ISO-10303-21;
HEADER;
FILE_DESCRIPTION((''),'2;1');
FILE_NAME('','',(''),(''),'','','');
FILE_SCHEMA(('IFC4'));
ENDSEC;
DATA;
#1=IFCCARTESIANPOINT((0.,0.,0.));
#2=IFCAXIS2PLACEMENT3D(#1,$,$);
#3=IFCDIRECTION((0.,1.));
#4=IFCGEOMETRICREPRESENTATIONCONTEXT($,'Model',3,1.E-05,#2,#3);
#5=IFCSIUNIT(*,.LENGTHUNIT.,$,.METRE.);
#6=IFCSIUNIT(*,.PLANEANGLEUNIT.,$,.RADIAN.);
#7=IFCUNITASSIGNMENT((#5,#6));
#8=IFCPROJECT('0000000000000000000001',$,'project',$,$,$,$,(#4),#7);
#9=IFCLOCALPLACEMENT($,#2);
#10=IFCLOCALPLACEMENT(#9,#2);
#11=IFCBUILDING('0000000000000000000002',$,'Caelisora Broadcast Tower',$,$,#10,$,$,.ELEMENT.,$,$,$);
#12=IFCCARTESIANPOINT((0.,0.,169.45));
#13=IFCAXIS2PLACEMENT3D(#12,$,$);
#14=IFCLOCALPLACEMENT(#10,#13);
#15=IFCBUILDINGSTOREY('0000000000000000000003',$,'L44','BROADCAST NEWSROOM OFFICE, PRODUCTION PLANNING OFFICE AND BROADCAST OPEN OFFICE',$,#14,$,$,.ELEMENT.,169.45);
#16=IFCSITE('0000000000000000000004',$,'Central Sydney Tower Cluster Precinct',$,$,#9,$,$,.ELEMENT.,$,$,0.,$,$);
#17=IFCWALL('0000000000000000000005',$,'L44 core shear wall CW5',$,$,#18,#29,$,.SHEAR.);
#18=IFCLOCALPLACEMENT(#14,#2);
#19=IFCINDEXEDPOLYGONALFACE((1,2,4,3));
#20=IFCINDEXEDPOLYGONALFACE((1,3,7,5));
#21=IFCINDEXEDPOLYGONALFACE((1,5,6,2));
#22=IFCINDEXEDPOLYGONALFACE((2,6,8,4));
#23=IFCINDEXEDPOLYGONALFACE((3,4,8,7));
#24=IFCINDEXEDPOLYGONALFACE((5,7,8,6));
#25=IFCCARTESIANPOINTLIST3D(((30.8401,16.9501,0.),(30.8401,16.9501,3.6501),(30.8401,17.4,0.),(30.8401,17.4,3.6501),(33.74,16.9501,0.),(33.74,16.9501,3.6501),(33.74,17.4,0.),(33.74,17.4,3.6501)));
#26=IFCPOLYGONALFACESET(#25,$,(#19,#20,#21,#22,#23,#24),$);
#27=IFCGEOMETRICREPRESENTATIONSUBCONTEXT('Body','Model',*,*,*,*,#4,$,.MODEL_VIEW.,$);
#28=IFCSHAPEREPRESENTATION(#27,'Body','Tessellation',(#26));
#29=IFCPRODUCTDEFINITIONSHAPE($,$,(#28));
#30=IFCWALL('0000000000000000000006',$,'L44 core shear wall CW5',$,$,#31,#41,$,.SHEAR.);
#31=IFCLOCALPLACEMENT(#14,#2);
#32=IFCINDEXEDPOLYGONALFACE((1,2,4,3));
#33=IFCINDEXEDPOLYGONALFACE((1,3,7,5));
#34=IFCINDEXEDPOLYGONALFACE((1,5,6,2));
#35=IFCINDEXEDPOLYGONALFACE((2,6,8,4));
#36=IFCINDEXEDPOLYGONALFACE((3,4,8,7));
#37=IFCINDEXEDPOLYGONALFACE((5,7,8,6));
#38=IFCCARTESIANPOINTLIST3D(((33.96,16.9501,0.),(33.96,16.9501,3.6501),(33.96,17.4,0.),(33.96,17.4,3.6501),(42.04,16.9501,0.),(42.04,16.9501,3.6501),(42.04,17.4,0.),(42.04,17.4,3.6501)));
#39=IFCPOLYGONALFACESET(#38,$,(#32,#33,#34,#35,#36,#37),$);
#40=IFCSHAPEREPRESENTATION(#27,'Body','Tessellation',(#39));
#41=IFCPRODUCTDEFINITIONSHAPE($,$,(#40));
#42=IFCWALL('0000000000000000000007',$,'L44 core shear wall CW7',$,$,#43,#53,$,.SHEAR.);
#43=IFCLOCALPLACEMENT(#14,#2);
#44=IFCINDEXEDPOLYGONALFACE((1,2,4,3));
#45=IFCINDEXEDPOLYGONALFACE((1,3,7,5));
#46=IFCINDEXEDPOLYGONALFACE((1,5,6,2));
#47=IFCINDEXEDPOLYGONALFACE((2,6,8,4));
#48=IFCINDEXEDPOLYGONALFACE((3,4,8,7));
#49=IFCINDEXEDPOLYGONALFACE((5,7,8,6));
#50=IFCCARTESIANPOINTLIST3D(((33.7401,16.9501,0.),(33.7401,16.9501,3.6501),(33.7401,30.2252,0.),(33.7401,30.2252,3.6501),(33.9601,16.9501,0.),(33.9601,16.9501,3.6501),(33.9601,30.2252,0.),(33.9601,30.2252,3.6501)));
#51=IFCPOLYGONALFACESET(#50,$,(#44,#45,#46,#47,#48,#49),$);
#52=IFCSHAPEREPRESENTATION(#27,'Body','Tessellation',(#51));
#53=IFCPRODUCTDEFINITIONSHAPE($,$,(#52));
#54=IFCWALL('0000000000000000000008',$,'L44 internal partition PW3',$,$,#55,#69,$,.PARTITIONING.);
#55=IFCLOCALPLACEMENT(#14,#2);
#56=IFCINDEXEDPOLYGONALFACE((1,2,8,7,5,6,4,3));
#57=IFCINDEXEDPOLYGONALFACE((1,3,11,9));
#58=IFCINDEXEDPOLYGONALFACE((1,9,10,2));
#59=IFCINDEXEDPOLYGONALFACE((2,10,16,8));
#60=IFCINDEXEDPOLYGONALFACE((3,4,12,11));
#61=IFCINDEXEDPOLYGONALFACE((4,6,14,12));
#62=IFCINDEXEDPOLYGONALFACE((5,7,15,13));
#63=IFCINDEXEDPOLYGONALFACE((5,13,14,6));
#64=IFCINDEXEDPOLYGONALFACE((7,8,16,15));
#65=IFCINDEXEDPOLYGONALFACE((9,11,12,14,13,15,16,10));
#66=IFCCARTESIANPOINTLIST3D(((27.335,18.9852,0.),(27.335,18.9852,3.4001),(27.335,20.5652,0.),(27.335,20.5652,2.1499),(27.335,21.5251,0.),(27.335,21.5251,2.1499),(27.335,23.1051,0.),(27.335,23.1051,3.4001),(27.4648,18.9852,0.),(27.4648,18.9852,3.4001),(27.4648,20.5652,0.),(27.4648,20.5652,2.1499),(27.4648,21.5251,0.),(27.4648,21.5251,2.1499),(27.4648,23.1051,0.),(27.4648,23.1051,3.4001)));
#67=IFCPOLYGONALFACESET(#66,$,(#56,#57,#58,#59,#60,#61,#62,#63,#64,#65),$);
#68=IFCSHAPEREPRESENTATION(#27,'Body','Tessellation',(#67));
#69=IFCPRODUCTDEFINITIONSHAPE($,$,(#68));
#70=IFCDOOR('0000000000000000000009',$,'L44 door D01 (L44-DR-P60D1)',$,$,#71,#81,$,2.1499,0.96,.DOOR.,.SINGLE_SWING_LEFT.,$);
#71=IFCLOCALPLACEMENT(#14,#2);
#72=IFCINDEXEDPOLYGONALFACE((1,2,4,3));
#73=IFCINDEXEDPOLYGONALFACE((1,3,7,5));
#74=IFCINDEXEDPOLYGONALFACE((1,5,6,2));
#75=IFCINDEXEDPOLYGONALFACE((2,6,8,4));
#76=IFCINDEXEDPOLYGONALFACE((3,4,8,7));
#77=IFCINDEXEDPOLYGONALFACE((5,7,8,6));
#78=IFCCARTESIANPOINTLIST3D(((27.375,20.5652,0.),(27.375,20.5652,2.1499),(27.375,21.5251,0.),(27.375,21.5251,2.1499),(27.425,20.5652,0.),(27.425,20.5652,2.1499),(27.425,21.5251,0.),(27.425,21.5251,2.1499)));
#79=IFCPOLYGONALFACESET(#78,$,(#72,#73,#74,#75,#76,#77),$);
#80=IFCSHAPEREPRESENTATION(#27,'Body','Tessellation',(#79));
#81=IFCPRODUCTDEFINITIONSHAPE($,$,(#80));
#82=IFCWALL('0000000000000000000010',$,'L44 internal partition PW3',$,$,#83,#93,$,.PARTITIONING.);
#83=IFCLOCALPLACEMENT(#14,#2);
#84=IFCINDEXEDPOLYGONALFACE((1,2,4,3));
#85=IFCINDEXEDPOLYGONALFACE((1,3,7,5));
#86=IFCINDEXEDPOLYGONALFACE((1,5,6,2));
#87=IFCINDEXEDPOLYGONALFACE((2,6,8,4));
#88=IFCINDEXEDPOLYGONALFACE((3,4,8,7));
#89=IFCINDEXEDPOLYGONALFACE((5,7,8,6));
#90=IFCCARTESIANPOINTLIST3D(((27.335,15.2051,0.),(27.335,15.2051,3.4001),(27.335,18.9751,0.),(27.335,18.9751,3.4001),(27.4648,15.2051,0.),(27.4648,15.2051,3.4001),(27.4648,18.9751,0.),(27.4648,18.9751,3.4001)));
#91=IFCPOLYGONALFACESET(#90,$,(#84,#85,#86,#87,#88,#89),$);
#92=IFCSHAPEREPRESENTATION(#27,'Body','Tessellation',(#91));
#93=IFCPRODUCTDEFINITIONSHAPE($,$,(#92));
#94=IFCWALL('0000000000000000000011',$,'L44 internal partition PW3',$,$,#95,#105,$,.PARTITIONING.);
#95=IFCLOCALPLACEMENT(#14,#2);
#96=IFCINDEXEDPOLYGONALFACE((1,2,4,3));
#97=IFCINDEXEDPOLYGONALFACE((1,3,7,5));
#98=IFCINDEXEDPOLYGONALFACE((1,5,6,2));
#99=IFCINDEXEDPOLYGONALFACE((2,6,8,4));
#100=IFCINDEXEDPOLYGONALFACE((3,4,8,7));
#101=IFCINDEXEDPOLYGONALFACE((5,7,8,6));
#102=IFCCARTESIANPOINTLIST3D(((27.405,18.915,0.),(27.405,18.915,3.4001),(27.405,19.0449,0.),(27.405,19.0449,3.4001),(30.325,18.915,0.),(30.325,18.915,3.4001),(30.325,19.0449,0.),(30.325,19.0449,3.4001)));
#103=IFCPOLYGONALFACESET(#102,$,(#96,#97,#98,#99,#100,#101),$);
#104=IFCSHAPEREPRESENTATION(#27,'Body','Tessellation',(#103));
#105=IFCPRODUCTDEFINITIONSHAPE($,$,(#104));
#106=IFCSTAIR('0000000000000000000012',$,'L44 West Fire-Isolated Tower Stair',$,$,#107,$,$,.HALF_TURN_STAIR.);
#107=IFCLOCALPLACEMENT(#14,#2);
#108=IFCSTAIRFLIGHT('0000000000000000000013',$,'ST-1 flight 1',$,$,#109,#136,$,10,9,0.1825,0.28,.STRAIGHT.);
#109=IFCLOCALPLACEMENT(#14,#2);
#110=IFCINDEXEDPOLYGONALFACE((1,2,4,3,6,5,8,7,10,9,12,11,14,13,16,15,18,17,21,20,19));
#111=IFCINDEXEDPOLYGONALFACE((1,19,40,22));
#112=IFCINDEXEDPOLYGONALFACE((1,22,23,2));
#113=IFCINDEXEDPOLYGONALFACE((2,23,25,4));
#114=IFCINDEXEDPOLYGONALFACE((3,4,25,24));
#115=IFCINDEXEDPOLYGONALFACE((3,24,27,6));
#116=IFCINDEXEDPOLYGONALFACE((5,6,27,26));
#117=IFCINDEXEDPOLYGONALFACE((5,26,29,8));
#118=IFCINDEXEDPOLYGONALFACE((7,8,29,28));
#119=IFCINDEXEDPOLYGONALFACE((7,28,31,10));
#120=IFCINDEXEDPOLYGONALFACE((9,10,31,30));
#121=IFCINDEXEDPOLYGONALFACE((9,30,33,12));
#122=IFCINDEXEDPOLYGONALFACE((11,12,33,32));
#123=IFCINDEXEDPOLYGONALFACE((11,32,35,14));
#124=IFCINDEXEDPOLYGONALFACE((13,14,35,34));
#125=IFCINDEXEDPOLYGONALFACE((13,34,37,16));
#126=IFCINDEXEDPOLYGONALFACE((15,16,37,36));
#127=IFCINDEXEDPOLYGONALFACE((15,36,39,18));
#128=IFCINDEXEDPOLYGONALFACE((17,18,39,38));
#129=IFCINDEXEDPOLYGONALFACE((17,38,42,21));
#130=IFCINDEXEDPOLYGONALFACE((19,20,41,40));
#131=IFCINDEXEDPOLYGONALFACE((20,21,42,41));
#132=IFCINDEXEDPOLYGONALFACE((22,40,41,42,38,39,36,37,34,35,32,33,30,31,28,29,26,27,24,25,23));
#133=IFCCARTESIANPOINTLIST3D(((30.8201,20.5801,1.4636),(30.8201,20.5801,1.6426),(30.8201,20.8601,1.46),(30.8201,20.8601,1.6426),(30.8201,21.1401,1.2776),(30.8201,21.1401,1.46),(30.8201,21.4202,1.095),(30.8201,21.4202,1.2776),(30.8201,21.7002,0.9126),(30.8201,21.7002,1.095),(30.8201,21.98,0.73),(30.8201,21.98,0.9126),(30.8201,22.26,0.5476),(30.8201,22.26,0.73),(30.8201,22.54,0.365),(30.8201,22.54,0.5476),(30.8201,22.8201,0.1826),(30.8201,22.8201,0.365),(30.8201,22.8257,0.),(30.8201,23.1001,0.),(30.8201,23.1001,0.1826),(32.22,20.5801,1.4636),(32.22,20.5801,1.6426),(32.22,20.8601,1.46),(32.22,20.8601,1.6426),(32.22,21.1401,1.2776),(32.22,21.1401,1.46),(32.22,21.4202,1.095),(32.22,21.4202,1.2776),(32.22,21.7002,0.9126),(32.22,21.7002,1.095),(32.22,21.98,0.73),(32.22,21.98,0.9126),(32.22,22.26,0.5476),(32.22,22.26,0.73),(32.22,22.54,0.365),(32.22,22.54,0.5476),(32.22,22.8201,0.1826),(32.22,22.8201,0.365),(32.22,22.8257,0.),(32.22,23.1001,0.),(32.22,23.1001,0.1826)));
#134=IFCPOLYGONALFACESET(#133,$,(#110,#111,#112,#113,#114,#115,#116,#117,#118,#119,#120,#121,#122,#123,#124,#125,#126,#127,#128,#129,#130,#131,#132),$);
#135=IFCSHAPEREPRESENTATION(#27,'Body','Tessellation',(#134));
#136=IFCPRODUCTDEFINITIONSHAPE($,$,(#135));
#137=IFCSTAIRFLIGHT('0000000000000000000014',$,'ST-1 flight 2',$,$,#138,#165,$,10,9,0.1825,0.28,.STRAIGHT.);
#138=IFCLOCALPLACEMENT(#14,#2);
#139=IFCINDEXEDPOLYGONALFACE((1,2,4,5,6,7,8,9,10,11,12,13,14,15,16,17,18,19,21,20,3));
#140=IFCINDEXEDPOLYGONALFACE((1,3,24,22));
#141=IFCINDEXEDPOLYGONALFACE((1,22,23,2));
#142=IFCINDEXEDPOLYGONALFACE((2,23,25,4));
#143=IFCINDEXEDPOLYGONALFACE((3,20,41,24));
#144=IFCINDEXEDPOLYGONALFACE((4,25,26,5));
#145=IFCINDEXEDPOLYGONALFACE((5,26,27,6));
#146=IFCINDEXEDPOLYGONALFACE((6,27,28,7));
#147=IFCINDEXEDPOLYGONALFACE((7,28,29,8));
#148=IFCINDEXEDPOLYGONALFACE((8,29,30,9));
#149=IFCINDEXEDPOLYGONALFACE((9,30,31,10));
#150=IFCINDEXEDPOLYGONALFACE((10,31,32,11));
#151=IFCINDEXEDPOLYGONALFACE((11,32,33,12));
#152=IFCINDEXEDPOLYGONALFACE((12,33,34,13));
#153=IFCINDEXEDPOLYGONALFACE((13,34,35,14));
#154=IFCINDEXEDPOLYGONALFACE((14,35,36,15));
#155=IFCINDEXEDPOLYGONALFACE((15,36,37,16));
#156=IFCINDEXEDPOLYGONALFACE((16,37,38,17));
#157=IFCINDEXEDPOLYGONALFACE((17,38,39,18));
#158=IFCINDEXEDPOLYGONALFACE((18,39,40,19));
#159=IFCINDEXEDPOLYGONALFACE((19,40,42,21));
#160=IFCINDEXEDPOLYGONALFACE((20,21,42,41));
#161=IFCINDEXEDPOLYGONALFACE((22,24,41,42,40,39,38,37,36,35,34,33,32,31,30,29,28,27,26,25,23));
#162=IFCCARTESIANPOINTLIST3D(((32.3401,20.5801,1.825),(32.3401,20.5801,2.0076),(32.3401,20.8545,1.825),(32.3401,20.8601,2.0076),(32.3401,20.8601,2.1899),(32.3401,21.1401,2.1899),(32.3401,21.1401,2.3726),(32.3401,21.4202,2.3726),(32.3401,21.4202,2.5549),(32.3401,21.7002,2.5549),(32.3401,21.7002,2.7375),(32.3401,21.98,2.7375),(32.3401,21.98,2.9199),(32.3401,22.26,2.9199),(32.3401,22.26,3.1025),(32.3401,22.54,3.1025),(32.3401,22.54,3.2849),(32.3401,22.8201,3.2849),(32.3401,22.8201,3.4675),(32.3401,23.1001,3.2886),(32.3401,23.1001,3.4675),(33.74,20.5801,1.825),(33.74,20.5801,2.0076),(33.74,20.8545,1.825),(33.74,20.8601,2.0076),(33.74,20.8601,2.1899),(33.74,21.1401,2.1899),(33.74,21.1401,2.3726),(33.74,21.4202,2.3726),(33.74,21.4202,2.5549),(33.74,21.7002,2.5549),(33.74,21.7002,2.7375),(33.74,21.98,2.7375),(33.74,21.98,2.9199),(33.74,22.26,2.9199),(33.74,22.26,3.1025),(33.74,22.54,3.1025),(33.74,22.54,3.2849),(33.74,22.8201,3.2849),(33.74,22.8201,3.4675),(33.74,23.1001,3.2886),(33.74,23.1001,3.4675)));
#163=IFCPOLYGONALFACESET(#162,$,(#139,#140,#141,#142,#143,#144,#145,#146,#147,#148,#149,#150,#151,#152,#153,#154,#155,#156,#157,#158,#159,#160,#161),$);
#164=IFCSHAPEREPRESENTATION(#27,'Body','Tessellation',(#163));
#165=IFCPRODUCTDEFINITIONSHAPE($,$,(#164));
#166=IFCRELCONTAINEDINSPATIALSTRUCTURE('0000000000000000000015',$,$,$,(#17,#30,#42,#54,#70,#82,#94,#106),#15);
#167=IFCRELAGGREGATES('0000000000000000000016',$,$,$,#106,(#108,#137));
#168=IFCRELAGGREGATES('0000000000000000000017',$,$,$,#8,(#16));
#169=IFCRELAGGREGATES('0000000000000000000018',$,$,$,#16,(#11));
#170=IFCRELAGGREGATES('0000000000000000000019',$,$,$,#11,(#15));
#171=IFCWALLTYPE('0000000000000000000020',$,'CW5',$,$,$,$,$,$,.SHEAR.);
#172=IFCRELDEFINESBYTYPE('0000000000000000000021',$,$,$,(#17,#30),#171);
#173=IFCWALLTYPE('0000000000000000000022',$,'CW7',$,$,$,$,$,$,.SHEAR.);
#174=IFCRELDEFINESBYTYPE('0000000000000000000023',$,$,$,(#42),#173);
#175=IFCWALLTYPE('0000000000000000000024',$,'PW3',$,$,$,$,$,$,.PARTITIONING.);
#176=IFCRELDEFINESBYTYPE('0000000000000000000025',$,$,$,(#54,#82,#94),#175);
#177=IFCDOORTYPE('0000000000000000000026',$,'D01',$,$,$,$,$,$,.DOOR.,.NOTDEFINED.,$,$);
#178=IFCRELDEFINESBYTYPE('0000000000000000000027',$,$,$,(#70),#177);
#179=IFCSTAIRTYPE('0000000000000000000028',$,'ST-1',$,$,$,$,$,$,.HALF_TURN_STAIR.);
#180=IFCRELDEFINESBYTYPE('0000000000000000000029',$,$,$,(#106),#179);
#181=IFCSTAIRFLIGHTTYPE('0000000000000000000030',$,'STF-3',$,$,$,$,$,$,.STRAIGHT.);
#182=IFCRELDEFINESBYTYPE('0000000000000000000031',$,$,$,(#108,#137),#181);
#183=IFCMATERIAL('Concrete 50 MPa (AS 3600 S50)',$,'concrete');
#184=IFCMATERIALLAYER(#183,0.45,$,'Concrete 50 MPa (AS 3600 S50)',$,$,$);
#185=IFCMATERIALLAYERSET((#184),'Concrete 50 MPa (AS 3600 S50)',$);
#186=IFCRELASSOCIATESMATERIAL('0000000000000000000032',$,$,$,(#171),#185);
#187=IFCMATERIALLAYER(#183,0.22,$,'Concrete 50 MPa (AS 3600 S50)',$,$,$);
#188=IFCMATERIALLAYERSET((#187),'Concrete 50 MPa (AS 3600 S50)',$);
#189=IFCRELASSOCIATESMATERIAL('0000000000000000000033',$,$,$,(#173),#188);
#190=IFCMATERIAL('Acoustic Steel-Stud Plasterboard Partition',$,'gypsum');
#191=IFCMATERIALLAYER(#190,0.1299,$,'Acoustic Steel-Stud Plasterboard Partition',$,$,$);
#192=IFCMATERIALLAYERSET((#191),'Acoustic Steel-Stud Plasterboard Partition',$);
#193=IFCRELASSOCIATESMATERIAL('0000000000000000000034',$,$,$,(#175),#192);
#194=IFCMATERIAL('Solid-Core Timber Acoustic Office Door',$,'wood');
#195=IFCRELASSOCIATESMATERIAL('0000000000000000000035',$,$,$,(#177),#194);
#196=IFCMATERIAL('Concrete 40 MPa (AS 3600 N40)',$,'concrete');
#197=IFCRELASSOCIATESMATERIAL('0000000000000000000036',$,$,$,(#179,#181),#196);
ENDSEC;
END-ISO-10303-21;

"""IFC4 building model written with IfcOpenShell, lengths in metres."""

from ifc_helpers import new_model, si_unit, direction, frame, frame_2d, origin, place, context, subcontext, project, spatial, polyline, rectangle, outline, extrude, material, layer, layer_set, type_object, element, fill, aggregate, save


model = new_model("IFC4")

# Units and contexts
model_context = context("Model", 3, precision=1e-05, world=origin(), true_north=direction((0.0, 1.0)))
body_context = subcontext(model_context, "Body", "Model", "MODEL_VIEW")
ifc_project = project(units=[si_unit("LENGTHUNIT", "METRE"), si_unit("PLANEANGLEUNIT", "RADIAN")], contexts=[model_context])

# Site, building, storey
site_placement = place(None, origin())
site = spatial("IfcSite", under=ifc_project, at=site_placement, Name="Central Sydney Tower Cluster Precinct", CompositionType="ELEMENT", RefElevation=0.0)
building_placement = place(site_placement, origin())
building = spatial("IfcBuilding", under=site, at=building_placement, Name="Caelisora Broadcast Tower", CompositionType="ELEMENT")
storey_placement = place(building_placement, frame((0.0, 0.0, 169.45)))
storey = spatial("IfcBuildingStorey", under=building, at=storey_placement, Name="L44", Description="BROADCAST NEWSROOM OFFICE, PRODUCTION PLANNING OFFICE AND BROADCAST OPEN OFFICE", CompositionType="ELEMENT", Elevation=169.45)

# Shared definitions
ifc_material_1 = material(Name="Concrete 50 MPa (AS 3600 S50)", Category="concrete")

# Walls
ifc_layer_1 = layer(ifc_material_1, 0.45, Name="Concrete 50 MPa (AS 3600 S50)")
ifc_layer_set_1 = layer_set([ifc_layer_1], Name="Concrete 50 MPa (AS 3600 S50)")
wall_type_1 = type_object("IfcWallType", Name="CW5", PredefinedType="SHEAR", material=ifc_layer_set_1)
wall_1_placement = place(storey_placement, frame((30.8401, 17.175, 0.0), z_axis=(0.0, 0.0, 1.0), x_axis=(1.0, 0.0, 0.0)))
element("IfcWall", 1, at=wall_1_placement, inside=storey, type_object=wall_type_1, Name="L44 core shear wall CW5", PredefinedType="SHEAR", context=body_context, shape_type="SweptSolid", body=[
    extrude(rectangle(XDim=2.8999, YDim=0.45, at=frame_2d((1.45, 0.0))), origin(), (0.0, 0.0, 1.0), 3.6501),
])
wall_2_placement = place(storey_placement, frame((33.96, 17.175, 0.0), z_axis=(0.0, 0.0, 1.0), x_axis=(1.0, 0.0, 0.0)))
element("IfcWall", 2, at=wall_2_placement, inside=storey, type_object=wall_type_1, Name="L44 core shear wall CW5", PredefinedType="SHEAR", context=body_context, shape_type="SweptSolid", body=[
    extrude(rectangle(XDim=8.0801, YDim=0.45, at=frame_2d((4.04, 0.0))), origin(), (0.0, 0.0, 1.0), 3.6501),
])
ifc_layer_2 = layer(ifc_material_1, 0.22, Name="Concrete 50 MPa (AS 3600 S50)")
ifc_layer_set_2 = layer_set([ifc_layer_2], Name="Concrete 50 MPa (AS 3600 S50)")
wall_type_2 = type_object("IfcWallType", Name="CW7", PredefinedType="SHEAR", material=ifc_layer_set_2)
wall_3_placement = place(storey_placement, frame((33.8501, 16.95, 0.0), z_axis=(0.0, 0.0, 1.0), x_axis=(0.0, 1.0, 0.0)))
element("IfcWall", 3, at=wall_3_placement, inside=storey, type_object=wall_type_2, Name="L44 core shear wall CW7", PredefinedType="SHEAR", context=body_context, shape_type="SweptSolid", body=[
    extrude(rectangle(XDim=13.2751, YDim=0.22, at=frame_2d((6.6377, 0.0))), origin(), (0.0, 0.0, 1.0), 3.6501),
])

# Wall, opening, door
ifc_material_2 = material(Name="Acoustic Steel-Stud Plasterboard Partition", Category="gypsum")
ifc_layer_3 = layer(ifc_material_2, 0.1299, Name="Acoustic Steel-Stud Plasterboard Partition")
ifc_layer_set_3 = layer_set([ifc_layer_3], Name="Acoustic Steel-Stud Plasterboard Partition")
wall_type_3 = type_object("IfcWallType", Name="PW3", PredefinedType="PARTITIONING", material=ifc_layer_set_3)
wall_4_placement = place(storey_placement, frame((27.3999, 18.9851, 0.0), z_axis=(0.0, 0.0, 1.0), x_axis=(0.0, 1.0, 0.0)))
wall_4 = element("IfcWall", 4, at=wall_4_placement, inside=storey, type_object=wall_type_3, Name="L44 internal partition PW3", PredefinedType="PARTITIONING", context=body_context, shape_type="SweptSolid", body=[
    extrude(rectangle(XDim=4.1199, YDim=0.1299, at=frame_2d((2.0601, 0.0))), origin(), (0.0, 0.0, 1.0), 3.4001),
])
opening_1_placement = place(wall_4_placement, frame((1.5801, 0.0, 0.0)))
opening_1 = element("IfcOpeningElement", 5, at=opening_1_placement, cuts=wall_4, PredefinedType="OPENING", context=body_context, shape_type="SweptSolid", body=[
    extrude(rectangle(XDim=0.96, YDim=2.1499, at=frame_2d((0.48, 1.075))), frame((0.0, 0.0769, 0.0), z_axis=(0.0, -1.0, 0.0), x_axis=(1.0, 0.0, 0.0)), (0.0, 0.0, 1.0), 0.1538),
])
ifc_material_3 = material(Name="Solid-Core Timber Acoustic Office Door", Category="wood")
door_type_1 = type_object("IfcDoorType", Name="D01", OperationType="NOTDEFINED", PredefinedType="DOOR", material=ifc_material_3)
door_1_placement = place(opening_1_placement, origin())
door_1 = element("IfcDoor", 6, at=door_1_placement, inside=storey, type_object=door_type_1, Name="L44 door D01 (L44-DR-P60D1)", OperationType="SINGLE_SWING_LEFT", OverallHeight=2.1499, OverallWidth=0.96, PredefinedType="DOOR", context=body_context, shape_type="SweptSolid", body=[
    extrude(rectangle(XDim=0.96, YDim=2.1499, at=frame_2d((0.48, 1.075))), frame((0.0, 0.0249, 0.0), z_axis=(0.0, -1.0, 0.0), x_axis=(1.0, 0.0, 0.0)), (0.0, 0.0, 1.0), 0.05),
])
fill(opening_1, door_1)

# Walls
wall_5_placement = place(storey_placement, frame((27.3999, 15.2051, 0.0), z_axis=(0.0, 0.0, 1.0), x_axis=(0.0, 1.0, 0.0)))
element("IfcWall", 7, at=wall_5_placement, inside=storey, type_object=wall_type_3, Name="L44 internal partition PW3", PredefinedType="PARTITIONING", context=body_context, shape_type="SweptSolid", body=[
    extrude(rectangle(XDim=3.77, YDim=0.1299, at=frame_2d((1.885, 0.0))), origin(), (0.0, 0.0, 1.0), 3.4001),
])
wall_6_placement = place(storey_placement, frame((27.405, 18.98, 0.0), z_axis=(0.0, 0.0, 1.0), x_axis=(1.0, 0.0, 0.0)))
element("IfcWall", 8, at=wall_6_placement, inside=storey, type_object=wall_type_3, Name="L44 internal partition PW3", PredefinedType="PARTITIONING", context=body_context, shape_type="SweptSolid", body=[
    extrude(rectangle(XDim=2.9199, YDim=0.1299, at=frame_2d((1.46, 0.0))), origin(), (0.0, 0.0, 1.0), 3.4001),
])

# Stair, stair flights
ifc_material_4 = material(Name="Concrete 40 MPa (AS 3600 N40)", Category="concrete")
stair_type = type_object("IfcStairType", Name="ST-1", PredefinedType="HALF_TURN_STAIR", material=ifc_material_4)
stair_placement = place(storey_placement, origin())
stair = element("IfcStair", 9, at=stair_placement, inside=storey, type_object=stair_type, Name="L44 West Fire-Isolated Tower Stair", PredefinedType="HALF_TURN_STAIR")
stair_flight_type = type_object("IfcStairFlightType", Name="STF-3", PredefinedType="STRAIGHT", material=ifc_material_4)
stair_flight_1_placement = place(storey_placement, frame((31.52, 23.1001, 0.0), z_axis=(0.0, 0.0, 1.0), x_axis=(0.0, -1.0, 0.0)))
stair_flight_1 = element("IfcStairFlight", 10, at=stair_flight_1_placement, type_object=stair_flight_type, Name="ST-1 flight 1", NumberOfRisers=10, NumberOfTreads=9, PredefinedType="STRAIGHT", RiserHeight=0.1825, TreadLength=0.28, context=body_context, shape_type="SweptSolid", body=[
    extrude(outline(polyline([(0.0, 0.0), (0.0, 0.1826), (0.28, 0.1826), (0.28, 0.365), (0.5601, 0.365), (0.5601, 0.5476), (0.8401, 0.5476), (0.8401, 0.73), (1.1201, 0.73), (1.1201, 0.9126), (1.3999, 0.9126), (1.3999, 1.095), (1.6799, 1.095), (1.6799, 1.2776), (1.96, 1.2776), (1.96, 1.46), (2.24, 1.46), (2.24, 1.6426), (2.52, 1.6426), (2.52, 1.825), (2.52, 1.4636), (0.2744, 0.0), (0.0, 0.0)])), frame((0.0, 0.7, 0.0), z_axis=(0.0, -1.0, 0.0), x_axis=(1.0, 0.0, 0.0)), (0.0, 0.0, 1.0), 1.3999),
])
stair_flight_2_placement = place(storey_placement, frame((33.04, 20.5801, 1.825), z_axis=(0.0, 0.0, 1.0), x_axis=(0.0, 1.0, 0.0)))
stair_flight_2 = element("IfcStairFlight", 11, at=stair_flight_2_placement, type_object=stair_flight_type, Name="ST-1 flight 2", NumberOfRisers=10, NumberOfTreads=9, PredefinedType="STRAIGHT", RiserHeight=0.1825, TreadLength=0.28, context=body_context, shape_type="SweptSolid", body=[
    extrude(outline(polyline([(0.0, 0.0), (0.0, 0.1826), (0.28, 0.1826), (0.28, 0.365), (0.5601, 0.365), (0.5601, 0.5476), (0.8401, 0.5476), (0.8401, 0.73), (1.1201, 0.73), (1.1201, 0.9126), (1.3999, 0.9126), (1.3999, 1.095), (1.6799, 1.095), (1.6799, 1.2776), (1.96, 1.2776), (1.96, 1.46), (2.24, 1.46), (2.24, 1.6426), (2.52, 1.6426), (2.52, 1.825), (2.52, 1.4636), (0.2744, 0.0), (0.0, 0.0)])), frame((0.0, 0.7, 0.0), z_axis=(0.0, -1.0, 0.0), x_axis=(1.0, 0.0, 0.0)), (0.0, 0.0, 1.0), 1.3999),
])
aggregate(stair, [stair_flight_1, stair_flight_2])

save(model, "model.ifc")
